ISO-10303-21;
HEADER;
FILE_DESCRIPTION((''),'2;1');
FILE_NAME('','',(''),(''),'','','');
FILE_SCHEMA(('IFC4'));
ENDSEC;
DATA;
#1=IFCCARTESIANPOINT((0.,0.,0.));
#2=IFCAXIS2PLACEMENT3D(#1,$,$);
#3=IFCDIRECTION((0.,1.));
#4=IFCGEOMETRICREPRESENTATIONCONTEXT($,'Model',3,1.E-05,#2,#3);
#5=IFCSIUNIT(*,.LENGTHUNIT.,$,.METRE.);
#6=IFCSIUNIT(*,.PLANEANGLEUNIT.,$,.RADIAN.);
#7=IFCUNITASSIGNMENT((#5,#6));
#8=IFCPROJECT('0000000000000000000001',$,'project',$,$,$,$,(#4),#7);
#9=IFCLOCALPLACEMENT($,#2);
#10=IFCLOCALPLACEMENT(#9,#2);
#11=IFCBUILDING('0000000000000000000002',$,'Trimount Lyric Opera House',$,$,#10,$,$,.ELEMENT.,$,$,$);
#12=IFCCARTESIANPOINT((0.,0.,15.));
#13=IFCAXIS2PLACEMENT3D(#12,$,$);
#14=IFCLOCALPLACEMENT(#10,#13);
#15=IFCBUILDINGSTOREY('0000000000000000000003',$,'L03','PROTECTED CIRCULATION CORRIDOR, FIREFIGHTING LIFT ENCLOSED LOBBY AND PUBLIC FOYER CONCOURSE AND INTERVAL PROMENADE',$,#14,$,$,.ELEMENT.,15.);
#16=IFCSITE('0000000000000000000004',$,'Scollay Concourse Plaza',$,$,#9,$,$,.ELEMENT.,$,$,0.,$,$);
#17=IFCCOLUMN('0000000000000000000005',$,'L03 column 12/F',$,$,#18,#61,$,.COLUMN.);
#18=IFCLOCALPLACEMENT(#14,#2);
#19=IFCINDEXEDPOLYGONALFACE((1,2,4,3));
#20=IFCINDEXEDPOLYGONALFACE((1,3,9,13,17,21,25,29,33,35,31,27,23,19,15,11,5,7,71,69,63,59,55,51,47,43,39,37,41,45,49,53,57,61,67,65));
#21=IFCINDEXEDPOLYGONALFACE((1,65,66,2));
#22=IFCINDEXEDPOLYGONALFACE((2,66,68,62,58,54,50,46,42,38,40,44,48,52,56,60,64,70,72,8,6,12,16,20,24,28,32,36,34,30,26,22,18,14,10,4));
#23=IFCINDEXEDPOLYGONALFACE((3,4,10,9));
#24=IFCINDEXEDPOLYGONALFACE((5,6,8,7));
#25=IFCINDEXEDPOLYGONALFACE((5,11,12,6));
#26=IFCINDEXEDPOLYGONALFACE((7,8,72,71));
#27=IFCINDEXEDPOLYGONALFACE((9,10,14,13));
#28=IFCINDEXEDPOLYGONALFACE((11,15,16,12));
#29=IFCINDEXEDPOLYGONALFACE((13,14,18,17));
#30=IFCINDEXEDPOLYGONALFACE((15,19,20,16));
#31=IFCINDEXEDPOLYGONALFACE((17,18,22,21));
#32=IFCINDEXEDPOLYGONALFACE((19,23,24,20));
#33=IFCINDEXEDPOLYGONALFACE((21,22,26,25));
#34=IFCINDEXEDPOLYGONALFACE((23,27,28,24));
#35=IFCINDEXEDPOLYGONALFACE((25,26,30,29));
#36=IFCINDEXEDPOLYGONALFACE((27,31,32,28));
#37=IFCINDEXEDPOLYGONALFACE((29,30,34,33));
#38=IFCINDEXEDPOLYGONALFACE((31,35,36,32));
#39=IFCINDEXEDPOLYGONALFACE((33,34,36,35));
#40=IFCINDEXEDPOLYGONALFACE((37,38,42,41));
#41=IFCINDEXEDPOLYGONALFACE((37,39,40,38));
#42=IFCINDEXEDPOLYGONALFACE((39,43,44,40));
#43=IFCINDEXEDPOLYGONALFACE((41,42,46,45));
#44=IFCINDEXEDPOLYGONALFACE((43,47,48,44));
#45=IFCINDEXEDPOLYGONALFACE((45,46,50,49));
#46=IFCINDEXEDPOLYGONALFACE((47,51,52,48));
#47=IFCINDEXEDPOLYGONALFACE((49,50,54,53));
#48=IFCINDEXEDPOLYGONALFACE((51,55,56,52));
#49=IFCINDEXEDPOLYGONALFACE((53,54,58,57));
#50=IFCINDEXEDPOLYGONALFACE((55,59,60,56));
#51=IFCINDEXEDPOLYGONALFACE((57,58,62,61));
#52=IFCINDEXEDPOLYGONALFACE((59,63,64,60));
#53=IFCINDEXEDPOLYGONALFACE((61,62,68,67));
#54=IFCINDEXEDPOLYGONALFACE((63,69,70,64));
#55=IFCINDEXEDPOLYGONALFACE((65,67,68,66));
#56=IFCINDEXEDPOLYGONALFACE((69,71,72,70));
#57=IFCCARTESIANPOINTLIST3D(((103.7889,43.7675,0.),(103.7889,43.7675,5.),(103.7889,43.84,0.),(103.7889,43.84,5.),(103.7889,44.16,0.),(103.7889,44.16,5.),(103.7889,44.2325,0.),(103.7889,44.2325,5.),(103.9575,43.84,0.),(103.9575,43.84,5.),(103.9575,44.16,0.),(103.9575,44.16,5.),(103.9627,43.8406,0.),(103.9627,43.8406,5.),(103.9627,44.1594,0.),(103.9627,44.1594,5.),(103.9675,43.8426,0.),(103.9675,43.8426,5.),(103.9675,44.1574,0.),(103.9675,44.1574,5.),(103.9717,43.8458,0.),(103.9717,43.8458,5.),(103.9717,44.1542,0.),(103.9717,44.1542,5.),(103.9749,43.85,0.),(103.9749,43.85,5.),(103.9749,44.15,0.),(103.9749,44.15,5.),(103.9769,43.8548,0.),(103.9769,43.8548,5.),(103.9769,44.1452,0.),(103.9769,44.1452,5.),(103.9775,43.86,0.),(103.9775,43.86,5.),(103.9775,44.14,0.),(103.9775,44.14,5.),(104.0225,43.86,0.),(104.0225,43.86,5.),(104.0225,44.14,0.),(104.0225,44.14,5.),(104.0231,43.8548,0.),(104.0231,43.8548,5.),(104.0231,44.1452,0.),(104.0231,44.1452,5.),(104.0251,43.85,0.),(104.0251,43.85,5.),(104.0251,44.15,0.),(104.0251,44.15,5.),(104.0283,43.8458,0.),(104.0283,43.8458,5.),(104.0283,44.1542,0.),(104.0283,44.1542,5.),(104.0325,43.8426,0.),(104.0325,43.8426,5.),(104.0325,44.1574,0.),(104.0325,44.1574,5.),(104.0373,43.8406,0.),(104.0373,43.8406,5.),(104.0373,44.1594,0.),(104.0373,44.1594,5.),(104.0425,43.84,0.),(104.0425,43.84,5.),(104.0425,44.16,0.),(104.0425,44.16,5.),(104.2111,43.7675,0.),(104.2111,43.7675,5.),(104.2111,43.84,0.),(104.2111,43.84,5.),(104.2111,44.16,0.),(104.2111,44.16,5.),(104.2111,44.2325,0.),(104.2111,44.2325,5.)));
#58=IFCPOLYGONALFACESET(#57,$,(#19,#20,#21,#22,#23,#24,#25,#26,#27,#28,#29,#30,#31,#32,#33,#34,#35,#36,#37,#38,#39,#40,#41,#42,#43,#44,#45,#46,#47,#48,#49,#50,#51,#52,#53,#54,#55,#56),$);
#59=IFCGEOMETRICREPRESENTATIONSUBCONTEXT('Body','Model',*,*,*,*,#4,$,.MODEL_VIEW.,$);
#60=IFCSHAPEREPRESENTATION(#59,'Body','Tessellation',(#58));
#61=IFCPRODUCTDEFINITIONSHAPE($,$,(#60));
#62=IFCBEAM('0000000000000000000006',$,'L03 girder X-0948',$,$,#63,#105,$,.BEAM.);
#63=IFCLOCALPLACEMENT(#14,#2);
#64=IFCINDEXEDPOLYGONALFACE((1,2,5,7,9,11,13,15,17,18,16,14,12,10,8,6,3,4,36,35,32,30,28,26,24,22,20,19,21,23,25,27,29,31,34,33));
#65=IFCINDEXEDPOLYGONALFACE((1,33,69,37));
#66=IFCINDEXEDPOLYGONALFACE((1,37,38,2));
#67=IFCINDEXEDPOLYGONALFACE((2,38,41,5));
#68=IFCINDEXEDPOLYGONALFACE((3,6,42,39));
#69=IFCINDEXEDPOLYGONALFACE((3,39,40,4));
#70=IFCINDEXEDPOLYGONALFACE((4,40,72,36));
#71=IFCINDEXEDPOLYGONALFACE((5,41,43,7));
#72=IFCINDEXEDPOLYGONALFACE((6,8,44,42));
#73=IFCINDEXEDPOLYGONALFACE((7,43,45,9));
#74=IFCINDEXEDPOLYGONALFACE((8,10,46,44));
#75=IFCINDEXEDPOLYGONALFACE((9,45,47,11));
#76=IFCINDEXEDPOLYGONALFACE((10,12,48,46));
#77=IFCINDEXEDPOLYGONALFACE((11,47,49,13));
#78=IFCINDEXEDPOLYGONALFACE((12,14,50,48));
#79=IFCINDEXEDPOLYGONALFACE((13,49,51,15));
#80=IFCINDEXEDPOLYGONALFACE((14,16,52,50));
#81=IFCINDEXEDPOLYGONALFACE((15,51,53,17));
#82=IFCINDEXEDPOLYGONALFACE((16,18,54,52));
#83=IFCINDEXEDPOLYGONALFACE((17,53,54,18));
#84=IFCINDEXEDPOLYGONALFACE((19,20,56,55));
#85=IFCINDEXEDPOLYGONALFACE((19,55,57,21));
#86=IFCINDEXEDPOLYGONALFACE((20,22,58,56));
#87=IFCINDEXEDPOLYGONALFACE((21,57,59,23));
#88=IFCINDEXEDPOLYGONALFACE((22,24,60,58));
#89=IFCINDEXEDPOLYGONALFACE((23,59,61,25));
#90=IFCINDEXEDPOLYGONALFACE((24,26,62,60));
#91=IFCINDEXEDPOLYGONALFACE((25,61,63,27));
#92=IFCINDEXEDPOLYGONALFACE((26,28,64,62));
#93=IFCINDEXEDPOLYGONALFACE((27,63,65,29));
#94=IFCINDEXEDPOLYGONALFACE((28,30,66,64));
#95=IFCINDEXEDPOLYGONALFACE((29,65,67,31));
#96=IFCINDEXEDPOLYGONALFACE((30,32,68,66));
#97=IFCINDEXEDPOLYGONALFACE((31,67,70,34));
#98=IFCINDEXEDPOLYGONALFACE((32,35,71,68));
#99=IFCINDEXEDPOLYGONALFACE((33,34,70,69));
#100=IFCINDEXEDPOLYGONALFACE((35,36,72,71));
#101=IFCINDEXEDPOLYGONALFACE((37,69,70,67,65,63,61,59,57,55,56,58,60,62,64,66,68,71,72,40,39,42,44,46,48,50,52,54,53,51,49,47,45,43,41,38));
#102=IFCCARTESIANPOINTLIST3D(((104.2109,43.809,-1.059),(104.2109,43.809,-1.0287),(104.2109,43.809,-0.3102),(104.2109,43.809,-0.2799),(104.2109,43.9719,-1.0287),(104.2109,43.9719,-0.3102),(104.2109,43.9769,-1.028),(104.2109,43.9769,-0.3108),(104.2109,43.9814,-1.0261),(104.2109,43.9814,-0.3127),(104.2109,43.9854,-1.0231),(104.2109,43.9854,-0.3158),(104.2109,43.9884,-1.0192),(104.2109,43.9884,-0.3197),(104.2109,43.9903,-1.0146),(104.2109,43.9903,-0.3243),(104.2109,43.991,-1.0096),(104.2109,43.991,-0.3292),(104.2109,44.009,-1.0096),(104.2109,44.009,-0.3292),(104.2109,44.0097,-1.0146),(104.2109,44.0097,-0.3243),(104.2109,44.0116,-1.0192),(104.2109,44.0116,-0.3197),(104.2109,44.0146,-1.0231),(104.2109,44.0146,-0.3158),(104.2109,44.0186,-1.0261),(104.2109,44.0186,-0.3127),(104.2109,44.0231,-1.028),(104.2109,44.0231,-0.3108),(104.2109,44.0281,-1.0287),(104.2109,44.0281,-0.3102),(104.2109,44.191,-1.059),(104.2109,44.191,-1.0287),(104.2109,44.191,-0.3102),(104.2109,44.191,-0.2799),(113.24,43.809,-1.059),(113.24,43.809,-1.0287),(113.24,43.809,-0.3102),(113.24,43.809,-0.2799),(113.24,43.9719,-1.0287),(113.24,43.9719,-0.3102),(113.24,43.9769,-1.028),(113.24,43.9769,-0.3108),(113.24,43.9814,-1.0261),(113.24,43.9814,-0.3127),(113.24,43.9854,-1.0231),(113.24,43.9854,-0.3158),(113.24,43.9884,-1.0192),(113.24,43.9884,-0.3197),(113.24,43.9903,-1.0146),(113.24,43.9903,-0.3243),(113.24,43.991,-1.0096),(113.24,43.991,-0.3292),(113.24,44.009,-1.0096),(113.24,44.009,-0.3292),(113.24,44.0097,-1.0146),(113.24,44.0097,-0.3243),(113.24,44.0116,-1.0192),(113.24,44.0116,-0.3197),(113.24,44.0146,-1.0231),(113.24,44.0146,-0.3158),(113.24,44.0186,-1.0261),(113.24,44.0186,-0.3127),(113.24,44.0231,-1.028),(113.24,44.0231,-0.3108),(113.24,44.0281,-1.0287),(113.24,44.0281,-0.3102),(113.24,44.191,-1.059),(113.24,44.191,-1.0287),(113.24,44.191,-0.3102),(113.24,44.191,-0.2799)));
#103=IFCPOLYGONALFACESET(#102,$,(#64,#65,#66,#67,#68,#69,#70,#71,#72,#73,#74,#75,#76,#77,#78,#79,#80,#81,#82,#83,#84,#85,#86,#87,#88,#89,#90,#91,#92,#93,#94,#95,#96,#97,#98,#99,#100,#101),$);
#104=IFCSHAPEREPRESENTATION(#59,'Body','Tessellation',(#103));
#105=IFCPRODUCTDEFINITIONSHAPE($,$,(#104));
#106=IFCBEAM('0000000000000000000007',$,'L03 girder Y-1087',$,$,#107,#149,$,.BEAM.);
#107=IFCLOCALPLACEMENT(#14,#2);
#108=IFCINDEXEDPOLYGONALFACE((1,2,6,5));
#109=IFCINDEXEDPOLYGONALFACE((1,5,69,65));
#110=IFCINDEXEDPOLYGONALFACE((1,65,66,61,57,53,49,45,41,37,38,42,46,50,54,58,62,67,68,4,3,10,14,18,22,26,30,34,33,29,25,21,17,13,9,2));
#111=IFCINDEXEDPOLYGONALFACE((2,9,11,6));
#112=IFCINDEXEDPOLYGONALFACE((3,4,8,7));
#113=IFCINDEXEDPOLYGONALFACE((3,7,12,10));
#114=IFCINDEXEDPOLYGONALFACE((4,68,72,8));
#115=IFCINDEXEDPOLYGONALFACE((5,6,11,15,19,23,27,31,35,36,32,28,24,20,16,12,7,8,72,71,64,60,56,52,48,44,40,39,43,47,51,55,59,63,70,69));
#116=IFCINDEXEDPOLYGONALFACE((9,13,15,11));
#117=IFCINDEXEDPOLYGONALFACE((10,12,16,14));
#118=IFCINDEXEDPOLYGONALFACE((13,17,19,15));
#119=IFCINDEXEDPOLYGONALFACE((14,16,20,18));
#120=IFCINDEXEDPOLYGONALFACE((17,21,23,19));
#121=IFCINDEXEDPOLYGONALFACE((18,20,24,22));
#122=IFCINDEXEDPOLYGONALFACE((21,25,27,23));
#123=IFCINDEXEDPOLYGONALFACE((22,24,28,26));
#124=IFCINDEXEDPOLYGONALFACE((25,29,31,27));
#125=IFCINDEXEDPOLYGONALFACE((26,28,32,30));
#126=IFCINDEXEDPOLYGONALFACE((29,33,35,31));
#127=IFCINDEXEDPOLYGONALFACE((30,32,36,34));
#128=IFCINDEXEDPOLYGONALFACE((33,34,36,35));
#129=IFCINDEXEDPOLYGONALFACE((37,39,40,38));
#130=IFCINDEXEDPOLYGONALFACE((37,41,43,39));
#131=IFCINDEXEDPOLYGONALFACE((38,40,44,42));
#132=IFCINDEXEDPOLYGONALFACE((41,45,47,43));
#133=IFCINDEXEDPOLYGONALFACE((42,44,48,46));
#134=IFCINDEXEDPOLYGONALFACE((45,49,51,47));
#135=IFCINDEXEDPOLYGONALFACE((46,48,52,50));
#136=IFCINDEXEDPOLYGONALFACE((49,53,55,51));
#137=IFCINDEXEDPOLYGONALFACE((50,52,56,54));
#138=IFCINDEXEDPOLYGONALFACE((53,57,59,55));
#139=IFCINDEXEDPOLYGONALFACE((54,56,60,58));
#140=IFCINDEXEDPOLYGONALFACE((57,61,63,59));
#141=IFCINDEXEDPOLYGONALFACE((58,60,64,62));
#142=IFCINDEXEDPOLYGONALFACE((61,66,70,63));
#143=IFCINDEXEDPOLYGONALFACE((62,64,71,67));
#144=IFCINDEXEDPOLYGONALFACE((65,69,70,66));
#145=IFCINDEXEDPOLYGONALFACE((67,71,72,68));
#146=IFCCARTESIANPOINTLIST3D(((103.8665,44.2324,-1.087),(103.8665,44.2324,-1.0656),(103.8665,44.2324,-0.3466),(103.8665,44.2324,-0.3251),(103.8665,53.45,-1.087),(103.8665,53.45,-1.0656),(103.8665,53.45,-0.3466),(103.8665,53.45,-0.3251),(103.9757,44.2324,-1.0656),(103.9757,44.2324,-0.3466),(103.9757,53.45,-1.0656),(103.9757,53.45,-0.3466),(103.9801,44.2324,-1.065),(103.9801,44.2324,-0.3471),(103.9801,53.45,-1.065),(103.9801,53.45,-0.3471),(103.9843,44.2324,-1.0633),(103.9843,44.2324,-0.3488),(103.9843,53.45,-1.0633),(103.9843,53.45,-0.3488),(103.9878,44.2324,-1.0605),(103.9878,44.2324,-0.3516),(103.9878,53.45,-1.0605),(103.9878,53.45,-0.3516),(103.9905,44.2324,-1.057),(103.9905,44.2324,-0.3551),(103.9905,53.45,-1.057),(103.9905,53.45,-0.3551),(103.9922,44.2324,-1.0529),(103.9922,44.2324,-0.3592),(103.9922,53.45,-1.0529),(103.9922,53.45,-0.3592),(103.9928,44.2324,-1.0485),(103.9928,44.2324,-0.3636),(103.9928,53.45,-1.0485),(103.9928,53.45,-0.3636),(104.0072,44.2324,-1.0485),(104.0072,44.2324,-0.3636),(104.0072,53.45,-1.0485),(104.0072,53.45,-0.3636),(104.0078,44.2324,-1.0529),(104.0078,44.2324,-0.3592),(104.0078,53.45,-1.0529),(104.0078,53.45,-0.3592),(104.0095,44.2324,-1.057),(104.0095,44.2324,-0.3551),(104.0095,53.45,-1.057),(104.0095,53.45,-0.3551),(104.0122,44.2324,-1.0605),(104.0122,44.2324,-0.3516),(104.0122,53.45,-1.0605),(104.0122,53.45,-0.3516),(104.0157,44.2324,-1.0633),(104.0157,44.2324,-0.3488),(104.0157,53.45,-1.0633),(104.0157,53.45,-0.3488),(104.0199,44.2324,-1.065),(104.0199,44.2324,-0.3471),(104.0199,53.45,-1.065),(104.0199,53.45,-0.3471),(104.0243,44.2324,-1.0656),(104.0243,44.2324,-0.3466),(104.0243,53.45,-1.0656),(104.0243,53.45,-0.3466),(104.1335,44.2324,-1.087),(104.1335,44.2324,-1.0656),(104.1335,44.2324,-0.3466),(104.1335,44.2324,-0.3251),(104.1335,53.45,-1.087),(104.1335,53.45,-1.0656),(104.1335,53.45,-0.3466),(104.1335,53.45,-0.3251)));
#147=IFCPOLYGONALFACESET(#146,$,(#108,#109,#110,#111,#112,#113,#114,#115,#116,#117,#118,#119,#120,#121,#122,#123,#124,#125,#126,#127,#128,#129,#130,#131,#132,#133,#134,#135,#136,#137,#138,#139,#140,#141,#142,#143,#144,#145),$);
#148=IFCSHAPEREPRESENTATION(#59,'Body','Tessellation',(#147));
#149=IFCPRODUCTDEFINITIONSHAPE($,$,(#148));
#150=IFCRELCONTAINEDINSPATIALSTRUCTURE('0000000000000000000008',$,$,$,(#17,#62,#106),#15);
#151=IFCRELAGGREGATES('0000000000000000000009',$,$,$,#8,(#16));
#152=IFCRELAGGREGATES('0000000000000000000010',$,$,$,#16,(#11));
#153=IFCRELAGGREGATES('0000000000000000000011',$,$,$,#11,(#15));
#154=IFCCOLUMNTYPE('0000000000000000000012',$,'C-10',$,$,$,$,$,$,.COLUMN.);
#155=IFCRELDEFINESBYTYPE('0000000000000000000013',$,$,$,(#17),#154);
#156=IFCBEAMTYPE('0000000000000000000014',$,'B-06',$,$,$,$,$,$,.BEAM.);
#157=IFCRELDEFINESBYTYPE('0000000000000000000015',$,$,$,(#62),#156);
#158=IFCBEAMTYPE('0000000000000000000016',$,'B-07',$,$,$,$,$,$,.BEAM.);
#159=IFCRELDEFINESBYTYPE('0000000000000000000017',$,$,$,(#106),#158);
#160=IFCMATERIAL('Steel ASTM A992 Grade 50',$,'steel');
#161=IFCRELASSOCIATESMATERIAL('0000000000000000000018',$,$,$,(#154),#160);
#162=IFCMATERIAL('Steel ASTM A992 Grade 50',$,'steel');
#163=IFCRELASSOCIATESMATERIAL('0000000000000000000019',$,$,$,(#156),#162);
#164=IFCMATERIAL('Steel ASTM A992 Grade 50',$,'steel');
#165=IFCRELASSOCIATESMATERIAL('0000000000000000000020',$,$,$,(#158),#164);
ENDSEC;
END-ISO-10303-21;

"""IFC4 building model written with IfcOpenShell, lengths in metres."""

from ifc_helpers import new_model, si_unit, direction, frame, origin, origin_2d, place, context, subcontext, project, spatial, i_section, extrude, material, material_profile, profile_set, type_object, element, save


model = new_model("IFC4")

# Units and contexts
model_context = context("Model", 3, precision=1e-05, world=origin(), true_north=direction((0.0, 1.0)))
body_context = subcontext(model_context, "Body", "Model", "MODEL_VIEW")
ifc_project = project(units=[si_unit("LENGTHUNIT", "METRE"), si_unit("PLANEANGLEUNIT", "RADIAN")], contexts=[model_context])

# Site, building, storey
site_placement = place(None, origin())
site = spatial("IfcSite", under=ifc_project, at=site_placement, Name="Scollay Concourse Plaza", CompositionType="ELEMENT", RefElevation=0.0)
building_placement = place(site_placement, origin())
building = spatial("IfcBuilding", under=site, at=building_placement, Name="Trimount Lyric Opera House", CompositionType="ELEMENT")
storey_placement = place(building_placement, frame((0.0, 0.0, 15.0)))
storey = spatial("IfcBuildingStorey", under=building, at=storey_placement, Name="L03", Description="PROTECTED CIRCULATION CORRIDOR, FIREFIGHTING LIFT ENCLOSED LOBBY AND PUBLIC FOYER CONCOURSE AND INTERVAL PROMENADE", CompositionType="ELEMENT", Elevation=15.0)

# Column
ifc_material_1 = material(Name="Steel ASTM A992 Grade 50", Category="steel")
ifc_material_profile_1 = material_profile(ifc_material_1, i_section(OverallWidth=0.4221, OverallDepth=0.4651, WebThickness=0.0449, FlangeThickness=0.0725, FilletRadius=0.02, at=origin_2d()), Name="W14X398")
ifc_profile_set_1 = profile_set([ifc_material_profile_1], Name="Steel ASTM A992 Grade 50")
column_type = type_object("IfcColumnType", Name="C-10", PredefinedType="COLUMN", material=ifc_profile_set_1)
column_placement = place(storey_placement, frame((104.0, 44.0, 0.0), z_axis=(0.0, 0.0, 1.0), x_axis=(1.0, 0.0, 0.0)))
element("IfcColumn", 1, at=column_placement, inside=storey, type_object=column_type, Name="L03 column 12/F", PredefinedType="COLUMN", context=body_context, shape_type="SweptSolid", body=[
    extrude(i_section(OverallWidth=0.4221, OverallDepth=0.4651, WebThickness=0.0449, FlangeThickness=0.0725, FilletRadius=0.02, at=origin_2d()), origin(), (0.0, 0.0, 1.0), 5.0),
])

# Beams
ifc_material_2 = material(Name="Steel ASTM A992 Grade 50", Category="steel")
ifc_material_profile_2 = material_profile(ifc_material_2, i_section(OverallWidth=0.3821, OverallDepth=0.7791, WebThickness=0.0181, FlangeThickness=0.0303, FilletRadius=0.019, at=origin_2d()), Name="W30X191")
ifc_profile_set_2 = profile_set([ifc_material_profile_2], Name="Steel ASTM A992 Grade 50")
beam_type_1 = type_object("IfcBeamType", Name="B-06", PredefinedType="BEAM", material=ifc_profile_set_2)
beam_1_placement = place(storey_placement, frame((104.2109, 44.0, -0.6694), z_axis=(1.0, 0.0, 0.0), x_axis=(0.0, 1.0, 0.0)))
element("IfcBeam", 2, at=beam_1_placement, inside=storey, type_object=beam_type_1, Name="L03 girder X-0948", PredefinedType="BEAM", context=body_context, shape_type="SweptSolid", body=[
    extrude(i_section(OverallWidth=0.3821, OverallDepth=0.7791, WebThickness=0.0181, FlangeThickness=0.0303, FilletRadius=0.019, at=origin_2d()), origin(), (0.0, 0.0, 1.0), 9.0291),
])
ifc_material_3 = material(Name="Steel ASTM A992 Grade 50", Category="steel")
ifc_material_profile_3 = material_profile(ifc_material_3, i_section(OverallWidth=0.2671, OverallDepth=0.762, WebThickness=0.0144, FlangeThickness=0.0215, FilletRadius=0.0171, at=origin_2d()), Name="W30X116")
ifc_profile_set_3 = profile_set([ifc_material_profile_3], Name="Steel ASTM A992 Grade 50")
beam_type_2 = type_object("IfcBeamType", Name="B-07", PredefinedType="BEAM", material=ifc_profile_set_3)
beam_2_placement = place(storey_placement, frame((104.0, 44.2324, -0.7061), z_axis=(0.0, 1.0, 0.0), x_axis=(-1.0, 0.0, 0.0)))
element("IfcBeam", 3, at=beam_2_placement, inside=storey, type_object=beam_type_2, Name="L03 girder Y-1087", PredefinedType="BEAM", context=body_context, shape_type="SweptSolid", body=[
    extrude(i_section(OverallWidth=0.2671, OverallDepth=0.762, WebThickness=0.0144, FlangeThickness=0.0215, FilletRadius=0.0171, at=origin_2d()), origin(), (0.0, 0.0, 1.0), 9.2175),
])

save(model, "model.ifc")
